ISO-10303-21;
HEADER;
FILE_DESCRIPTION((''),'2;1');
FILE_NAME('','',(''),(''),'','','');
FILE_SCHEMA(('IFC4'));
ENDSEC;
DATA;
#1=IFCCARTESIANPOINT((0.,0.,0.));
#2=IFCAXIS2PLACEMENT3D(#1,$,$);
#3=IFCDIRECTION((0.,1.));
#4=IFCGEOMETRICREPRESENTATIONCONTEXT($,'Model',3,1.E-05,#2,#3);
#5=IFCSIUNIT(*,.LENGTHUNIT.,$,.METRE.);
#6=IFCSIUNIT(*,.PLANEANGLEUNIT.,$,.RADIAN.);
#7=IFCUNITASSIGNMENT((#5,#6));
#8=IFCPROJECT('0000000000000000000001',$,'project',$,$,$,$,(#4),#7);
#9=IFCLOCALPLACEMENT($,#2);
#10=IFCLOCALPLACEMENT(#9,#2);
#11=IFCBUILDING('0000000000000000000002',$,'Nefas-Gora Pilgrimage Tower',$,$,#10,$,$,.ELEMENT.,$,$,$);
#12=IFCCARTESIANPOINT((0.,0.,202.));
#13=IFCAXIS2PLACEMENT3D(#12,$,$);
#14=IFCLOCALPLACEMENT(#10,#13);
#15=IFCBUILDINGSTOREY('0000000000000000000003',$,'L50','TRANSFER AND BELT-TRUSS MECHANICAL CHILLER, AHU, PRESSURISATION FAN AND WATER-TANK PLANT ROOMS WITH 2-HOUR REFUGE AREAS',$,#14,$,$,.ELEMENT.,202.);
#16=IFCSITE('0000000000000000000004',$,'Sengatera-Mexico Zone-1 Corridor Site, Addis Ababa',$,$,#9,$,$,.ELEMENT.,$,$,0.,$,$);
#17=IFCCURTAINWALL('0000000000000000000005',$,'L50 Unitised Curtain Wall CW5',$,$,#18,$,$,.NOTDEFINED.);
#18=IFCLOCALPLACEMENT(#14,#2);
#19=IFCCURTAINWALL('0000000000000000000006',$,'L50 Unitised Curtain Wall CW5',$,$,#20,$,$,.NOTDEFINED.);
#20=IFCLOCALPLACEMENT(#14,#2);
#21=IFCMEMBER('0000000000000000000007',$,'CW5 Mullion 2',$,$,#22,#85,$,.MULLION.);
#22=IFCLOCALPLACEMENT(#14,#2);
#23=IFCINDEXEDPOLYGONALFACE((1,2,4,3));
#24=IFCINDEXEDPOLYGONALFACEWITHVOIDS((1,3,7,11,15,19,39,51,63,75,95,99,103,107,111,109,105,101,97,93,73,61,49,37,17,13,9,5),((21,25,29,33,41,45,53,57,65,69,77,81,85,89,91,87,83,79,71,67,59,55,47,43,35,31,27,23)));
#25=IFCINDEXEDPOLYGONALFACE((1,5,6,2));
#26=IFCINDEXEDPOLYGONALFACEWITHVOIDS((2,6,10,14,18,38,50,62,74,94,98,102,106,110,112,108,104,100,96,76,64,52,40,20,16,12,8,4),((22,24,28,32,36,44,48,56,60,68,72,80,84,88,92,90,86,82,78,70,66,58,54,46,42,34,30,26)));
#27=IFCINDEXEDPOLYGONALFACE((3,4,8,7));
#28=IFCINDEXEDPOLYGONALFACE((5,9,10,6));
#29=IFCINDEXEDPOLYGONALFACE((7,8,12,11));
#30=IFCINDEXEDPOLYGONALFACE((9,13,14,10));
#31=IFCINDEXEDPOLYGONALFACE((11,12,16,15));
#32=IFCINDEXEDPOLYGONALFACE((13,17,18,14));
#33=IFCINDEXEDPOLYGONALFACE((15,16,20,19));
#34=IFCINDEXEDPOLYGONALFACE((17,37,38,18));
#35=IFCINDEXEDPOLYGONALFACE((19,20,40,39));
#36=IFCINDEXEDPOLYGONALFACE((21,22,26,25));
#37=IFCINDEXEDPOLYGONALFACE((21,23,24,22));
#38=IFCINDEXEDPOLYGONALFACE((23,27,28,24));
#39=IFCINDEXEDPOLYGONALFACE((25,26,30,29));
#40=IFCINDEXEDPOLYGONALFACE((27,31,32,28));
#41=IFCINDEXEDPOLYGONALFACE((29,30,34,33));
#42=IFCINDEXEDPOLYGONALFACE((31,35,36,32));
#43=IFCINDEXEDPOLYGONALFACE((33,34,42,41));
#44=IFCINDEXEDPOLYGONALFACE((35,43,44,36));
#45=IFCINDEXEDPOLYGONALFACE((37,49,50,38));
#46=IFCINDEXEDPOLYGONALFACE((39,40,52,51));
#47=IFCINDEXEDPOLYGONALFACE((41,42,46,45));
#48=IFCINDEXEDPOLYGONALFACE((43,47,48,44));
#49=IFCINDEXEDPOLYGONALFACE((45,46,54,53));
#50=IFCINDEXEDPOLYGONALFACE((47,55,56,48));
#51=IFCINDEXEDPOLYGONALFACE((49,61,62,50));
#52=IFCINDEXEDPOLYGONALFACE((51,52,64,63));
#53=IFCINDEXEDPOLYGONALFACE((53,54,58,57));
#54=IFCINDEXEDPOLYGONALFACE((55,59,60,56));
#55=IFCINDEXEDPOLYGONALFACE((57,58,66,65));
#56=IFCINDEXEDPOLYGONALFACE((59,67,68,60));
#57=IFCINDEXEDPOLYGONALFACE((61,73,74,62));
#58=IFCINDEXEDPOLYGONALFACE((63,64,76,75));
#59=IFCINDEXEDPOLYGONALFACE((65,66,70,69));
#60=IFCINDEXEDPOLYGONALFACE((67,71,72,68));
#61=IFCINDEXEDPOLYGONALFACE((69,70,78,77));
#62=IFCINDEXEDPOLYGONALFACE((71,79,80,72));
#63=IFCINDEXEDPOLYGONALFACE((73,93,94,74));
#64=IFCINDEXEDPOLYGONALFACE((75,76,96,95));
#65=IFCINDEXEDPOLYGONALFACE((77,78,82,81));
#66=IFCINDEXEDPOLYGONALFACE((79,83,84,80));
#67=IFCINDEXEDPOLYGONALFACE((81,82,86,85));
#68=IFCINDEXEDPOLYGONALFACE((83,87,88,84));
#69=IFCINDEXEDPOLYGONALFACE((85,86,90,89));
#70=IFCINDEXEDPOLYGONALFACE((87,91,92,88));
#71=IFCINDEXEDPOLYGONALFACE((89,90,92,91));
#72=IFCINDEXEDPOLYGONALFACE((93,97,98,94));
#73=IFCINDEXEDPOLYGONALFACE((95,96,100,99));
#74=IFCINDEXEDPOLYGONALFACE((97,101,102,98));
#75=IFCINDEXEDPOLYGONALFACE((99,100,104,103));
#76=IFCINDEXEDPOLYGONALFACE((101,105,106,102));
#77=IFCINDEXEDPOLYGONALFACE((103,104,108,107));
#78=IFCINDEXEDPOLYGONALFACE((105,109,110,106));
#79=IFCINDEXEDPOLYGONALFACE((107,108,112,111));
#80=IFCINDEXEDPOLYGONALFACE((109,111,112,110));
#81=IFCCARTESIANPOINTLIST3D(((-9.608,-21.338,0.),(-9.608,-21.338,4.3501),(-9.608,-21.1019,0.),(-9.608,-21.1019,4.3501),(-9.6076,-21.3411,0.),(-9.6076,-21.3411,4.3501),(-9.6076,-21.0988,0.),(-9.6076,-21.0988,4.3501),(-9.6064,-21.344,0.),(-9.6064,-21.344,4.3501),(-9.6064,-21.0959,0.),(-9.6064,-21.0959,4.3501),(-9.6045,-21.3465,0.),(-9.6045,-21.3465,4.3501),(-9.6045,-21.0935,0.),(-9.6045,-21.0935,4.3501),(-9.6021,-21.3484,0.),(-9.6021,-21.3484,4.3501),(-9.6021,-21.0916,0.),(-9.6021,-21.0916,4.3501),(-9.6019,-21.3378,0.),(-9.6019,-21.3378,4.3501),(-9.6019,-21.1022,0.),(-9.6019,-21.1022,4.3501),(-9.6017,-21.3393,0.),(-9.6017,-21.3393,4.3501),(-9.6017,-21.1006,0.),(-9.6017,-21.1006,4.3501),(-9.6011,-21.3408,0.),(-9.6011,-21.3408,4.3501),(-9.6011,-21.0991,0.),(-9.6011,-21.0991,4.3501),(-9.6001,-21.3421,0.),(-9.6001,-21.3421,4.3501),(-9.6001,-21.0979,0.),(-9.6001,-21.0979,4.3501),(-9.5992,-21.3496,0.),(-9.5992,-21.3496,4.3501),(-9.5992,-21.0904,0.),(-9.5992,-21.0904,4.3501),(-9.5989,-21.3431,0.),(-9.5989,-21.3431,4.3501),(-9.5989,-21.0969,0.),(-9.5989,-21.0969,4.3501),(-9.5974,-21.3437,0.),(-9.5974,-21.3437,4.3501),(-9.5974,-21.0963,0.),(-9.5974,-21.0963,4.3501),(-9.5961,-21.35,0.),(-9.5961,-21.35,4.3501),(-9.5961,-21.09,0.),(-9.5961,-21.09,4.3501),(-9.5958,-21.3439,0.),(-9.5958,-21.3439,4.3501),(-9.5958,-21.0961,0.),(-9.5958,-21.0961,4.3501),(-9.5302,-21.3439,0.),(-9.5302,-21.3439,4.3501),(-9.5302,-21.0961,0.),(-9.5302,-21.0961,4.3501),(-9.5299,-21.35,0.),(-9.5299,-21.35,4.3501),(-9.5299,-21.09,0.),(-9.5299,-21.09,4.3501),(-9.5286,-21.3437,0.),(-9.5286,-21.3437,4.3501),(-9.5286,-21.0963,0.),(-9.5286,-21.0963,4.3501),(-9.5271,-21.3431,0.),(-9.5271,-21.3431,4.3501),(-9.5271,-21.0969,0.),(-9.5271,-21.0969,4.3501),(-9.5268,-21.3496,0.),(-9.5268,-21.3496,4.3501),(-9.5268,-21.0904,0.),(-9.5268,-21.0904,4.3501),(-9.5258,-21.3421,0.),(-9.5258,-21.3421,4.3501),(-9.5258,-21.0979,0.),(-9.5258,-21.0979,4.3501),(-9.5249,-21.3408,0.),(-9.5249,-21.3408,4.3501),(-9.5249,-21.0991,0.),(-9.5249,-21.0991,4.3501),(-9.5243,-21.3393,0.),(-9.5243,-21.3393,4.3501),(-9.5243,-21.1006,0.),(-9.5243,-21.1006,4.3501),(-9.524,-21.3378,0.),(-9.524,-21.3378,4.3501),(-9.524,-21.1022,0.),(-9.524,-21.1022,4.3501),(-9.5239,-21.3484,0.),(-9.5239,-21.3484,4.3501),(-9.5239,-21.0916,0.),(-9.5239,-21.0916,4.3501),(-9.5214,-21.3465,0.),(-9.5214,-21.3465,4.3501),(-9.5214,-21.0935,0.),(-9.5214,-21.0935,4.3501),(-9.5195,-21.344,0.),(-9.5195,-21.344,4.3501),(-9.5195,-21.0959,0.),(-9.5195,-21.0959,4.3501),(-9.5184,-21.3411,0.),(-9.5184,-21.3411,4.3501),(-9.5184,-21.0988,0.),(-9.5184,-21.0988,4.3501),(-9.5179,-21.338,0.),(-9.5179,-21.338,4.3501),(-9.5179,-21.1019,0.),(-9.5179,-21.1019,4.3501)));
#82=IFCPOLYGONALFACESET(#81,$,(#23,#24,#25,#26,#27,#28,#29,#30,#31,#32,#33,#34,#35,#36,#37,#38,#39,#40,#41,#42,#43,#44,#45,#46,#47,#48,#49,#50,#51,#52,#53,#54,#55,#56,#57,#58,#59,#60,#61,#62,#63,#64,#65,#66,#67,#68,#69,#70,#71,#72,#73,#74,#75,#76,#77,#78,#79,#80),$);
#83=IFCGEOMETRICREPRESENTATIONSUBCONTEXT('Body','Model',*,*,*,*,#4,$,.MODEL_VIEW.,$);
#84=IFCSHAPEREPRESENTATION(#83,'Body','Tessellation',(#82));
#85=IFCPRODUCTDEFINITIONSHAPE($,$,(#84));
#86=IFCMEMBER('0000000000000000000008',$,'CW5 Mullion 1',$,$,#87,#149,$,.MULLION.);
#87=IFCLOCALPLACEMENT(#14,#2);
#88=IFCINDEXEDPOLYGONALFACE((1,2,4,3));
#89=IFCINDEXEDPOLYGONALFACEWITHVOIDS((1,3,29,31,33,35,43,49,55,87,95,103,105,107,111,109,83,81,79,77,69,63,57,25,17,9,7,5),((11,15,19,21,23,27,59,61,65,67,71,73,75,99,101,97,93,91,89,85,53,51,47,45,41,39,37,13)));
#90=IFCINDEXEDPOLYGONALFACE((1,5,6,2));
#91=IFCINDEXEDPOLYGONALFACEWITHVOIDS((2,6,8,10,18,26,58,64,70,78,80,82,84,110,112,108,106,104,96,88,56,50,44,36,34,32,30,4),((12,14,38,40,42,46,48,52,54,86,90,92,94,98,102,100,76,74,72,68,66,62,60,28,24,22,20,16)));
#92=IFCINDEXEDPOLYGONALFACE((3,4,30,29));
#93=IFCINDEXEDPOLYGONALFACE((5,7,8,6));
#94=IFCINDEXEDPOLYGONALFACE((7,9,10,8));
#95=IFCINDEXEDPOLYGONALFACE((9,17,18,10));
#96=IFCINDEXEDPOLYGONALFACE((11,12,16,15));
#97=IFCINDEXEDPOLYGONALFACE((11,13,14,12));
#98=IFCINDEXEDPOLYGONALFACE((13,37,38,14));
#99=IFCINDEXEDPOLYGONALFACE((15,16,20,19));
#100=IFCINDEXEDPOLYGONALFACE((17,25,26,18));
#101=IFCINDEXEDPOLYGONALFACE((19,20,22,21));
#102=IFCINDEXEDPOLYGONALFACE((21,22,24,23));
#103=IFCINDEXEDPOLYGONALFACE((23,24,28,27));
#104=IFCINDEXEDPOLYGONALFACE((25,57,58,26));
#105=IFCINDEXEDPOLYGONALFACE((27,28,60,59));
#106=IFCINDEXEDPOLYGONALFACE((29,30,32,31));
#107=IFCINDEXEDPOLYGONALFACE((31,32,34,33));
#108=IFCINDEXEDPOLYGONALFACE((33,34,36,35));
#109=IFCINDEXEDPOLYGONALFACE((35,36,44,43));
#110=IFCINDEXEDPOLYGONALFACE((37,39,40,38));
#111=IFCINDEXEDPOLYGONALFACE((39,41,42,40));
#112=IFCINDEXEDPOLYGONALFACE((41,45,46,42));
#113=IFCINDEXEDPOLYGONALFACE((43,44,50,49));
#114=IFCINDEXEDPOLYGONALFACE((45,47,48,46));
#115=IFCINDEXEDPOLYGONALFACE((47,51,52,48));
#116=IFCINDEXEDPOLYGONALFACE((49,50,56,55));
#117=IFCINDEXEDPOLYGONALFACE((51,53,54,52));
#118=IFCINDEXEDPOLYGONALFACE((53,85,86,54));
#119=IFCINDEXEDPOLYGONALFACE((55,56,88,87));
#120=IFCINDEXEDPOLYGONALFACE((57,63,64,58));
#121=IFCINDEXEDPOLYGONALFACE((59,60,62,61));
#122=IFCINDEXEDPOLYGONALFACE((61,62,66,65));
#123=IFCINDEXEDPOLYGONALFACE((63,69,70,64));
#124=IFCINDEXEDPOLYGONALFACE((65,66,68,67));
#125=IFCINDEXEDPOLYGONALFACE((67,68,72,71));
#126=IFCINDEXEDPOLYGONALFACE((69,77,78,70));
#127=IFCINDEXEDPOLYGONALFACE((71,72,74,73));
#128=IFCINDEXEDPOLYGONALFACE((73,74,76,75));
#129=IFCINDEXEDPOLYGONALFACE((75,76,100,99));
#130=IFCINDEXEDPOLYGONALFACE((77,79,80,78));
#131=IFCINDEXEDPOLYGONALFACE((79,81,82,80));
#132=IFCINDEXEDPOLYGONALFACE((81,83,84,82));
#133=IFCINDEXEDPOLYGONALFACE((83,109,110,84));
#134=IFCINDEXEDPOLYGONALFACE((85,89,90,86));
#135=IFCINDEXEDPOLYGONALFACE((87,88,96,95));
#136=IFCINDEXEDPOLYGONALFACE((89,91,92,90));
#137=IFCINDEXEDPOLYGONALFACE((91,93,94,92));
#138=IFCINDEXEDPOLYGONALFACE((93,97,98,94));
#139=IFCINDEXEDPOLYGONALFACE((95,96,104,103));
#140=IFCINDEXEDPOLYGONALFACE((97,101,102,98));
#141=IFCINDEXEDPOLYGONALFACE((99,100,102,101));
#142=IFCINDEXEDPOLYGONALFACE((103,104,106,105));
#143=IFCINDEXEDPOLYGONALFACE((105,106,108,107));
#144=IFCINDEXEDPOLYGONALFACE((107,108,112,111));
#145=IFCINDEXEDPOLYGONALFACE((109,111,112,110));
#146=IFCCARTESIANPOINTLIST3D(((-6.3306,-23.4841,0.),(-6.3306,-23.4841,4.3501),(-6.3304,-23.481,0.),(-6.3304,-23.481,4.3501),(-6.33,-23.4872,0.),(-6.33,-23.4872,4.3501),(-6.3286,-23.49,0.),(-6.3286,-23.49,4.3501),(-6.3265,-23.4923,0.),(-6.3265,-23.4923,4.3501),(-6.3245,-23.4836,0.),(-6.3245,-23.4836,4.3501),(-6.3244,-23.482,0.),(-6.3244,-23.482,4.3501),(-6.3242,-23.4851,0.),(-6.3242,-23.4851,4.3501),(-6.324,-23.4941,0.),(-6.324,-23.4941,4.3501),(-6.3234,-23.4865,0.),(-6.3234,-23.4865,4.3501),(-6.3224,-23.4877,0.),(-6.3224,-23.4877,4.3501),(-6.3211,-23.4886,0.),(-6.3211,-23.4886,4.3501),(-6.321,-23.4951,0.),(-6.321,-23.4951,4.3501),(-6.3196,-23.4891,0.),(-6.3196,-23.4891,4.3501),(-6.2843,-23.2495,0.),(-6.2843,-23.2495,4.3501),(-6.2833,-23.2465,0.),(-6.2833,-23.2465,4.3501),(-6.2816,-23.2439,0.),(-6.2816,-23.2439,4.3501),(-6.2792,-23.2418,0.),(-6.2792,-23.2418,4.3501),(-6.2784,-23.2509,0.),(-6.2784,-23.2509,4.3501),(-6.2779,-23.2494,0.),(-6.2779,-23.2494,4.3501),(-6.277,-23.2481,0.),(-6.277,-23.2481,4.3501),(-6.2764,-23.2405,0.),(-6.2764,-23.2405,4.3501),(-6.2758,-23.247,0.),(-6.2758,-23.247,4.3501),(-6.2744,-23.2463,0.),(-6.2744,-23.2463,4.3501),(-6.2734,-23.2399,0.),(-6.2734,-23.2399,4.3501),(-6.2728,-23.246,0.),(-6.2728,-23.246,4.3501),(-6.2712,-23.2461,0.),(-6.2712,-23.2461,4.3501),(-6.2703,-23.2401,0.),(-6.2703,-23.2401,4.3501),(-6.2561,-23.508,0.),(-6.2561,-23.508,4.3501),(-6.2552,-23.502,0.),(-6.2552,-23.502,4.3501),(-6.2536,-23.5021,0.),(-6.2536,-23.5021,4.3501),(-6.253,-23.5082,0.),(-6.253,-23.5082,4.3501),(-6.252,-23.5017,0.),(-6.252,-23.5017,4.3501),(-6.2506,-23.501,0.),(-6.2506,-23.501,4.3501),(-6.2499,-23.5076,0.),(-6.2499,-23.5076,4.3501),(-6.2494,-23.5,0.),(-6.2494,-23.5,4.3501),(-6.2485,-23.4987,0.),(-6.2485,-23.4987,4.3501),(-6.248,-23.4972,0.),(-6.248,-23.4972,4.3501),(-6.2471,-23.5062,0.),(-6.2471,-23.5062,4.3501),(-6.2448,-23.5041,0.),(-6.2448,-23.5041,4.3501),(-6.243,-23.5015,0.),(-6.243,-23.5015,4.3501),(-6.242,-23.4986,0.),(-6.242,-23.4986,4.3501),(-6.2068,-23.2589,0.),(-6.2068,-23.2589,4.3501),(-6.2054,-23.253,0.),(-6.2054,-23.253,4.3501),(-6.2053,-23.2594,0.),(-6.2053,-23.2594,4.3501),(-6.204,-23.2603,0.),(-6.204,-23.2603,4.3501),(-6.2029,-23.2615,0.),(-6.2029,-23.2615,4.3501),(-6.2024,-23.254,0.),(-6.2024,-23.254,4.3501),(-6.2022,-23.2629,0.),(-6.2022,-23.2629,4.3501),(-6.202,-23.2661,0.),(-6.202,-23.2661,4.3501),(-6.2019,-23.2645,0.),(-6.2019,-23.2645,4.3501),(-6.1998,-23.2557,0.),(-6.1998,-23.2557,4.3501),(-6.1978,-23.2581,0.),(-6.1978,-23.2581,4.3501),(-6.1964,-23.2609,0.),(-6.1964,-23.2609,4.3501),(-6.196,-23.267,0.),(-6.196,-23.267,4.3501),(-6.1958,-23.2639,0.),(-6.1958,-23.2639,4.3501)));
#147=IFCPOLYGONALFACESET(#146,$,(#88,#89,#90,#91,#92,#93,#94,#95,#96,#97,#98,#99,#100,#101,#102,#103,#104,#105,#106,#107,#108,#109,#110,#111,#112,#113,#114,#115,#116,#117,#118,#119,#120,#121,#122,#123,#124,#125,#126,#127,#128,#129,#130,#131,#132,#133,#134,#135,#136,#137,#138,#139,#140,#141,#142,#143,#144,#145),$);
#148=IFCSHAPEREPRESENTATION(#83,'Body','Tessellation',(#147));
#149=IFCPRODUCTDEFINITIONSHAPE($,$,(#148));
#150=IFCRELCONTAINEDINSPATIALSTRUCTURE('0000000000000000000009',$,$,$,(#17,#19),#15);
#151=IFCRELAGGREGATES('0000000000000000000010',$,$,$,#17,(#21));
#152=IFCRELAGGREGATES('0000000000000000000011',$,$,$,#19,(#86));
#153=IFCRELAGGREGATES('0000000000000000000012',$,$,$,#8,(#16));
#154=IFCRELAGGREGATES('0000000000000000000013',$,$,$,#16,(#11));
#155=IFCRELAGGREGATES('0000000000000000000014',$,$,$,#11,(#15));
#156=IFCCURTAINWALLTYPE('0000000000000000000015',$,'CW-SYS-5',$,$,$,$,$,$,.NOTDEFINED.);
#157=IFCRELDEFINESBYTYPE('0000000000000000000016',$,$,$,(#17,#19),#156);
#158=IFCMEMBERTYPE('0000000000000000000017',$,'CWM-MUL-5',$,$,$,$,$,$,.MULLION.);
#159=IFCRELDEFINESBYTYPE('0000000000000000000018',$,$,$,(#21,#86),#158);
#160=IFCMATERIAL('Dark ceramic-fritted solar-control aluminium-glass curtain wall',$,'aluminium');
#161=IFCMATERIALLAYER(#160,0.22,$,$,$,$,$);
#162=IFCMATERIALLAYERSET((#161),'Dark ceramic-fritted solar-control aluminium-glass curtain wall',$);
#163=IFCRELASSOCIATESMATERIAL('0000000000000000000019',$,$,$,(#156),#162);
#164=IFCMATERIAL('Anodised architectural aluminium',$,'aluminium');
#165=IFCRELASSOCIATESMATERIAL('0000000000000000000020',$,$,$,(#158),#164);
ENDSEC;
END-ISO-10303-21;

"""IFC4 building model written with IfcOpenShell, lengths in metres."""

from ifc_helpers import new_model, si_unit, direction, frame, origin, origin_2d, place, context, subcontext, project, spatial, hollow_rectangle, extrude, source, transform, mapped, material, layer, layer_set, material_profile, profile_set, type_object, element, aggregate, save


model = new_model("IFC4")

# Units and contexts
model_context = context("Model", 3, precision=1e-05, world=origin(), true_north=direction((0.0, 1.0)))
body_context = subcontext(model_context, "Body", "Model", "MODEL_VIEW")
ifc_project = project(units=[si_unit("LENGTHUNIT", "METRE"), si_unit("PLANEANGLEUNIT", "RADIAN")], contexts=[model_context])

# Site, building, storey
site_placement = place(None, origin())
site = spatial("IfcSite", under=ifc_project, at=site_placement, Name="Sengatera-Mexico Zone-1 Corridor Site, Addis Ababa", CompositionType="ELEMENT", RefElevation=0.0)
building_placement = place(site_placement, origin())
building = spatial("IfcBuilding", under=site, at=building_placement, Name="Nefas-Gora Pilgrimage Tower", CompositionType="ELEMENT")
storey_placement = place(building_placement, frame((0.0, 0.0, 202.0)))
storey = spatial("IfcBuildingStorey", under=building, at=storey_placement, Name="L50", Description="TRANSFER AND BELT-TRUSS MECHANICAL CHILLER, AHU, PRESSURISATION FAN AND WATER-TANK PLANT ROOMS WITH 2-HOUR REFUGE AREAS", CompositionType="ELEMENT", Elevation=202.0)

# Curtain walls
ifc_material_1 = material(Name="Dark ceramic-fritted solar-control aluminium-glass curtain wall", Category="aluminium")
ifc_layer_1 = layer(ifc_material_1, 0.22)
ifc_layer_set_1 = layer_set([ifc_layer_1], Name="Dark ceramic-fritted solar-control aluminium-glass curtain wall")
curtain_wall_type = type_object("IfcCurtainWallType", Name="CW-SYS-5", PredefinedType="NOTDEFINED", material=ifc_layer_set_1)
curtain_wall_1_placement = place(storey_placement, origin())
curtain_wall_1 = element("IfcCurtainWall", 1, at=curtain_wall_1_placement, inside=storey, type_object=curtain_wall_type, Name="L50 Unitised Curtain Wall CW5", PredefinedType="NOTDEFINED")
ifc_material_2 = material(Name="Anodised architectural aluminium", Category="aluminium")
curtain_wall_2_placement = place(storey_placement, origin())
curtain_wall_2 = element("IfcCurtainWall", 2, at=curtain_wall_2_placement, inside=storey, type_object=curtain_wall_type, Name="L50 Unitised Curtain Wall CW5", PredefinedType="NOTDEFINED")

# Members
ifc_material_profile_1 = material_profile(ifc_material_2, hollow_rectangle(XDim=0.0901, YDim=0.26, WallThickness=0.0061, InnerFilletRadius=0.0061, OuterFilletRadius=0.012, at=origin_2d()), Name="ALU MULLION 90x260")
ifc_profile_set_1 = profile_set([ifc_material_profile_1], Name="Anodised architectural aluminium")
member_type_1 = type_object("IfcMemberType", Name="CWM-MUL-5", PredefinedType="MULLION", material=ifc_profile_set_1)
shared_shape_1 = source(origin(), body_context, "Body", "SweptSolid", [
    extrude(hollow_rectangle(XDim=0.0901, YDim=0.26, WallThickness=0.0061, InnerFilletRadius=0.0061, OuterFilletRadius=0.012, at=origin_2d()), origin(), (0.0, 0.0, 1.0), 4.3501),
])
member_1_placement = place(storey_placement, frame((-9.563, -21.22, 0.0), z_axis=(0.0, 0.0, 1.0), x_axis=(1.0, 0.0, 0.0)))
member_1 = element("IfcMember", 3, at=member_1_placement, type_object=member_type_1, Name="CW5 Mullion 2", PredefinedType="MULLION", context=body_context, shape_type="MappedRepresentation", body=[
    mapped(shared_shape_1, transform((0.0, 0.0, 0.0), x_axis=(1.0, 0.0, 0.0), y_axis=(0.0, 1.0, 0.0), z_axis=(0.0, 0.0, 1.0), scale=1.0)),
])
member_2_placement = place(storey_placement, frame((-6.2632, -23.374, 0.0), z_axis=(0.0, 0.0, 1.0), x_axis=(0.980783, -0.195102, 0.0)))
member_2 = element("IfcMember", 4, at=member_2_placement, type_object=member_type_1, Name="CW5 Mullion 1", PredefinedType="MULLION", context=body_context, shape_type="MappedRepresentation", body=[
    mapped(shared_shape_1, transform((0.0, 0.0, 0.0), x_axis=(1.0, 0.0, 0.0), y_axis=(0.0, 1.0, 0.0), z_axis=(0.0, 0.0, 1.0), scale=1.0)),
])

aggregate(curtain_wall_1, [member_1])
aggregate(curtain_wall_2, [member_2])

save(model, "model.ifc")
